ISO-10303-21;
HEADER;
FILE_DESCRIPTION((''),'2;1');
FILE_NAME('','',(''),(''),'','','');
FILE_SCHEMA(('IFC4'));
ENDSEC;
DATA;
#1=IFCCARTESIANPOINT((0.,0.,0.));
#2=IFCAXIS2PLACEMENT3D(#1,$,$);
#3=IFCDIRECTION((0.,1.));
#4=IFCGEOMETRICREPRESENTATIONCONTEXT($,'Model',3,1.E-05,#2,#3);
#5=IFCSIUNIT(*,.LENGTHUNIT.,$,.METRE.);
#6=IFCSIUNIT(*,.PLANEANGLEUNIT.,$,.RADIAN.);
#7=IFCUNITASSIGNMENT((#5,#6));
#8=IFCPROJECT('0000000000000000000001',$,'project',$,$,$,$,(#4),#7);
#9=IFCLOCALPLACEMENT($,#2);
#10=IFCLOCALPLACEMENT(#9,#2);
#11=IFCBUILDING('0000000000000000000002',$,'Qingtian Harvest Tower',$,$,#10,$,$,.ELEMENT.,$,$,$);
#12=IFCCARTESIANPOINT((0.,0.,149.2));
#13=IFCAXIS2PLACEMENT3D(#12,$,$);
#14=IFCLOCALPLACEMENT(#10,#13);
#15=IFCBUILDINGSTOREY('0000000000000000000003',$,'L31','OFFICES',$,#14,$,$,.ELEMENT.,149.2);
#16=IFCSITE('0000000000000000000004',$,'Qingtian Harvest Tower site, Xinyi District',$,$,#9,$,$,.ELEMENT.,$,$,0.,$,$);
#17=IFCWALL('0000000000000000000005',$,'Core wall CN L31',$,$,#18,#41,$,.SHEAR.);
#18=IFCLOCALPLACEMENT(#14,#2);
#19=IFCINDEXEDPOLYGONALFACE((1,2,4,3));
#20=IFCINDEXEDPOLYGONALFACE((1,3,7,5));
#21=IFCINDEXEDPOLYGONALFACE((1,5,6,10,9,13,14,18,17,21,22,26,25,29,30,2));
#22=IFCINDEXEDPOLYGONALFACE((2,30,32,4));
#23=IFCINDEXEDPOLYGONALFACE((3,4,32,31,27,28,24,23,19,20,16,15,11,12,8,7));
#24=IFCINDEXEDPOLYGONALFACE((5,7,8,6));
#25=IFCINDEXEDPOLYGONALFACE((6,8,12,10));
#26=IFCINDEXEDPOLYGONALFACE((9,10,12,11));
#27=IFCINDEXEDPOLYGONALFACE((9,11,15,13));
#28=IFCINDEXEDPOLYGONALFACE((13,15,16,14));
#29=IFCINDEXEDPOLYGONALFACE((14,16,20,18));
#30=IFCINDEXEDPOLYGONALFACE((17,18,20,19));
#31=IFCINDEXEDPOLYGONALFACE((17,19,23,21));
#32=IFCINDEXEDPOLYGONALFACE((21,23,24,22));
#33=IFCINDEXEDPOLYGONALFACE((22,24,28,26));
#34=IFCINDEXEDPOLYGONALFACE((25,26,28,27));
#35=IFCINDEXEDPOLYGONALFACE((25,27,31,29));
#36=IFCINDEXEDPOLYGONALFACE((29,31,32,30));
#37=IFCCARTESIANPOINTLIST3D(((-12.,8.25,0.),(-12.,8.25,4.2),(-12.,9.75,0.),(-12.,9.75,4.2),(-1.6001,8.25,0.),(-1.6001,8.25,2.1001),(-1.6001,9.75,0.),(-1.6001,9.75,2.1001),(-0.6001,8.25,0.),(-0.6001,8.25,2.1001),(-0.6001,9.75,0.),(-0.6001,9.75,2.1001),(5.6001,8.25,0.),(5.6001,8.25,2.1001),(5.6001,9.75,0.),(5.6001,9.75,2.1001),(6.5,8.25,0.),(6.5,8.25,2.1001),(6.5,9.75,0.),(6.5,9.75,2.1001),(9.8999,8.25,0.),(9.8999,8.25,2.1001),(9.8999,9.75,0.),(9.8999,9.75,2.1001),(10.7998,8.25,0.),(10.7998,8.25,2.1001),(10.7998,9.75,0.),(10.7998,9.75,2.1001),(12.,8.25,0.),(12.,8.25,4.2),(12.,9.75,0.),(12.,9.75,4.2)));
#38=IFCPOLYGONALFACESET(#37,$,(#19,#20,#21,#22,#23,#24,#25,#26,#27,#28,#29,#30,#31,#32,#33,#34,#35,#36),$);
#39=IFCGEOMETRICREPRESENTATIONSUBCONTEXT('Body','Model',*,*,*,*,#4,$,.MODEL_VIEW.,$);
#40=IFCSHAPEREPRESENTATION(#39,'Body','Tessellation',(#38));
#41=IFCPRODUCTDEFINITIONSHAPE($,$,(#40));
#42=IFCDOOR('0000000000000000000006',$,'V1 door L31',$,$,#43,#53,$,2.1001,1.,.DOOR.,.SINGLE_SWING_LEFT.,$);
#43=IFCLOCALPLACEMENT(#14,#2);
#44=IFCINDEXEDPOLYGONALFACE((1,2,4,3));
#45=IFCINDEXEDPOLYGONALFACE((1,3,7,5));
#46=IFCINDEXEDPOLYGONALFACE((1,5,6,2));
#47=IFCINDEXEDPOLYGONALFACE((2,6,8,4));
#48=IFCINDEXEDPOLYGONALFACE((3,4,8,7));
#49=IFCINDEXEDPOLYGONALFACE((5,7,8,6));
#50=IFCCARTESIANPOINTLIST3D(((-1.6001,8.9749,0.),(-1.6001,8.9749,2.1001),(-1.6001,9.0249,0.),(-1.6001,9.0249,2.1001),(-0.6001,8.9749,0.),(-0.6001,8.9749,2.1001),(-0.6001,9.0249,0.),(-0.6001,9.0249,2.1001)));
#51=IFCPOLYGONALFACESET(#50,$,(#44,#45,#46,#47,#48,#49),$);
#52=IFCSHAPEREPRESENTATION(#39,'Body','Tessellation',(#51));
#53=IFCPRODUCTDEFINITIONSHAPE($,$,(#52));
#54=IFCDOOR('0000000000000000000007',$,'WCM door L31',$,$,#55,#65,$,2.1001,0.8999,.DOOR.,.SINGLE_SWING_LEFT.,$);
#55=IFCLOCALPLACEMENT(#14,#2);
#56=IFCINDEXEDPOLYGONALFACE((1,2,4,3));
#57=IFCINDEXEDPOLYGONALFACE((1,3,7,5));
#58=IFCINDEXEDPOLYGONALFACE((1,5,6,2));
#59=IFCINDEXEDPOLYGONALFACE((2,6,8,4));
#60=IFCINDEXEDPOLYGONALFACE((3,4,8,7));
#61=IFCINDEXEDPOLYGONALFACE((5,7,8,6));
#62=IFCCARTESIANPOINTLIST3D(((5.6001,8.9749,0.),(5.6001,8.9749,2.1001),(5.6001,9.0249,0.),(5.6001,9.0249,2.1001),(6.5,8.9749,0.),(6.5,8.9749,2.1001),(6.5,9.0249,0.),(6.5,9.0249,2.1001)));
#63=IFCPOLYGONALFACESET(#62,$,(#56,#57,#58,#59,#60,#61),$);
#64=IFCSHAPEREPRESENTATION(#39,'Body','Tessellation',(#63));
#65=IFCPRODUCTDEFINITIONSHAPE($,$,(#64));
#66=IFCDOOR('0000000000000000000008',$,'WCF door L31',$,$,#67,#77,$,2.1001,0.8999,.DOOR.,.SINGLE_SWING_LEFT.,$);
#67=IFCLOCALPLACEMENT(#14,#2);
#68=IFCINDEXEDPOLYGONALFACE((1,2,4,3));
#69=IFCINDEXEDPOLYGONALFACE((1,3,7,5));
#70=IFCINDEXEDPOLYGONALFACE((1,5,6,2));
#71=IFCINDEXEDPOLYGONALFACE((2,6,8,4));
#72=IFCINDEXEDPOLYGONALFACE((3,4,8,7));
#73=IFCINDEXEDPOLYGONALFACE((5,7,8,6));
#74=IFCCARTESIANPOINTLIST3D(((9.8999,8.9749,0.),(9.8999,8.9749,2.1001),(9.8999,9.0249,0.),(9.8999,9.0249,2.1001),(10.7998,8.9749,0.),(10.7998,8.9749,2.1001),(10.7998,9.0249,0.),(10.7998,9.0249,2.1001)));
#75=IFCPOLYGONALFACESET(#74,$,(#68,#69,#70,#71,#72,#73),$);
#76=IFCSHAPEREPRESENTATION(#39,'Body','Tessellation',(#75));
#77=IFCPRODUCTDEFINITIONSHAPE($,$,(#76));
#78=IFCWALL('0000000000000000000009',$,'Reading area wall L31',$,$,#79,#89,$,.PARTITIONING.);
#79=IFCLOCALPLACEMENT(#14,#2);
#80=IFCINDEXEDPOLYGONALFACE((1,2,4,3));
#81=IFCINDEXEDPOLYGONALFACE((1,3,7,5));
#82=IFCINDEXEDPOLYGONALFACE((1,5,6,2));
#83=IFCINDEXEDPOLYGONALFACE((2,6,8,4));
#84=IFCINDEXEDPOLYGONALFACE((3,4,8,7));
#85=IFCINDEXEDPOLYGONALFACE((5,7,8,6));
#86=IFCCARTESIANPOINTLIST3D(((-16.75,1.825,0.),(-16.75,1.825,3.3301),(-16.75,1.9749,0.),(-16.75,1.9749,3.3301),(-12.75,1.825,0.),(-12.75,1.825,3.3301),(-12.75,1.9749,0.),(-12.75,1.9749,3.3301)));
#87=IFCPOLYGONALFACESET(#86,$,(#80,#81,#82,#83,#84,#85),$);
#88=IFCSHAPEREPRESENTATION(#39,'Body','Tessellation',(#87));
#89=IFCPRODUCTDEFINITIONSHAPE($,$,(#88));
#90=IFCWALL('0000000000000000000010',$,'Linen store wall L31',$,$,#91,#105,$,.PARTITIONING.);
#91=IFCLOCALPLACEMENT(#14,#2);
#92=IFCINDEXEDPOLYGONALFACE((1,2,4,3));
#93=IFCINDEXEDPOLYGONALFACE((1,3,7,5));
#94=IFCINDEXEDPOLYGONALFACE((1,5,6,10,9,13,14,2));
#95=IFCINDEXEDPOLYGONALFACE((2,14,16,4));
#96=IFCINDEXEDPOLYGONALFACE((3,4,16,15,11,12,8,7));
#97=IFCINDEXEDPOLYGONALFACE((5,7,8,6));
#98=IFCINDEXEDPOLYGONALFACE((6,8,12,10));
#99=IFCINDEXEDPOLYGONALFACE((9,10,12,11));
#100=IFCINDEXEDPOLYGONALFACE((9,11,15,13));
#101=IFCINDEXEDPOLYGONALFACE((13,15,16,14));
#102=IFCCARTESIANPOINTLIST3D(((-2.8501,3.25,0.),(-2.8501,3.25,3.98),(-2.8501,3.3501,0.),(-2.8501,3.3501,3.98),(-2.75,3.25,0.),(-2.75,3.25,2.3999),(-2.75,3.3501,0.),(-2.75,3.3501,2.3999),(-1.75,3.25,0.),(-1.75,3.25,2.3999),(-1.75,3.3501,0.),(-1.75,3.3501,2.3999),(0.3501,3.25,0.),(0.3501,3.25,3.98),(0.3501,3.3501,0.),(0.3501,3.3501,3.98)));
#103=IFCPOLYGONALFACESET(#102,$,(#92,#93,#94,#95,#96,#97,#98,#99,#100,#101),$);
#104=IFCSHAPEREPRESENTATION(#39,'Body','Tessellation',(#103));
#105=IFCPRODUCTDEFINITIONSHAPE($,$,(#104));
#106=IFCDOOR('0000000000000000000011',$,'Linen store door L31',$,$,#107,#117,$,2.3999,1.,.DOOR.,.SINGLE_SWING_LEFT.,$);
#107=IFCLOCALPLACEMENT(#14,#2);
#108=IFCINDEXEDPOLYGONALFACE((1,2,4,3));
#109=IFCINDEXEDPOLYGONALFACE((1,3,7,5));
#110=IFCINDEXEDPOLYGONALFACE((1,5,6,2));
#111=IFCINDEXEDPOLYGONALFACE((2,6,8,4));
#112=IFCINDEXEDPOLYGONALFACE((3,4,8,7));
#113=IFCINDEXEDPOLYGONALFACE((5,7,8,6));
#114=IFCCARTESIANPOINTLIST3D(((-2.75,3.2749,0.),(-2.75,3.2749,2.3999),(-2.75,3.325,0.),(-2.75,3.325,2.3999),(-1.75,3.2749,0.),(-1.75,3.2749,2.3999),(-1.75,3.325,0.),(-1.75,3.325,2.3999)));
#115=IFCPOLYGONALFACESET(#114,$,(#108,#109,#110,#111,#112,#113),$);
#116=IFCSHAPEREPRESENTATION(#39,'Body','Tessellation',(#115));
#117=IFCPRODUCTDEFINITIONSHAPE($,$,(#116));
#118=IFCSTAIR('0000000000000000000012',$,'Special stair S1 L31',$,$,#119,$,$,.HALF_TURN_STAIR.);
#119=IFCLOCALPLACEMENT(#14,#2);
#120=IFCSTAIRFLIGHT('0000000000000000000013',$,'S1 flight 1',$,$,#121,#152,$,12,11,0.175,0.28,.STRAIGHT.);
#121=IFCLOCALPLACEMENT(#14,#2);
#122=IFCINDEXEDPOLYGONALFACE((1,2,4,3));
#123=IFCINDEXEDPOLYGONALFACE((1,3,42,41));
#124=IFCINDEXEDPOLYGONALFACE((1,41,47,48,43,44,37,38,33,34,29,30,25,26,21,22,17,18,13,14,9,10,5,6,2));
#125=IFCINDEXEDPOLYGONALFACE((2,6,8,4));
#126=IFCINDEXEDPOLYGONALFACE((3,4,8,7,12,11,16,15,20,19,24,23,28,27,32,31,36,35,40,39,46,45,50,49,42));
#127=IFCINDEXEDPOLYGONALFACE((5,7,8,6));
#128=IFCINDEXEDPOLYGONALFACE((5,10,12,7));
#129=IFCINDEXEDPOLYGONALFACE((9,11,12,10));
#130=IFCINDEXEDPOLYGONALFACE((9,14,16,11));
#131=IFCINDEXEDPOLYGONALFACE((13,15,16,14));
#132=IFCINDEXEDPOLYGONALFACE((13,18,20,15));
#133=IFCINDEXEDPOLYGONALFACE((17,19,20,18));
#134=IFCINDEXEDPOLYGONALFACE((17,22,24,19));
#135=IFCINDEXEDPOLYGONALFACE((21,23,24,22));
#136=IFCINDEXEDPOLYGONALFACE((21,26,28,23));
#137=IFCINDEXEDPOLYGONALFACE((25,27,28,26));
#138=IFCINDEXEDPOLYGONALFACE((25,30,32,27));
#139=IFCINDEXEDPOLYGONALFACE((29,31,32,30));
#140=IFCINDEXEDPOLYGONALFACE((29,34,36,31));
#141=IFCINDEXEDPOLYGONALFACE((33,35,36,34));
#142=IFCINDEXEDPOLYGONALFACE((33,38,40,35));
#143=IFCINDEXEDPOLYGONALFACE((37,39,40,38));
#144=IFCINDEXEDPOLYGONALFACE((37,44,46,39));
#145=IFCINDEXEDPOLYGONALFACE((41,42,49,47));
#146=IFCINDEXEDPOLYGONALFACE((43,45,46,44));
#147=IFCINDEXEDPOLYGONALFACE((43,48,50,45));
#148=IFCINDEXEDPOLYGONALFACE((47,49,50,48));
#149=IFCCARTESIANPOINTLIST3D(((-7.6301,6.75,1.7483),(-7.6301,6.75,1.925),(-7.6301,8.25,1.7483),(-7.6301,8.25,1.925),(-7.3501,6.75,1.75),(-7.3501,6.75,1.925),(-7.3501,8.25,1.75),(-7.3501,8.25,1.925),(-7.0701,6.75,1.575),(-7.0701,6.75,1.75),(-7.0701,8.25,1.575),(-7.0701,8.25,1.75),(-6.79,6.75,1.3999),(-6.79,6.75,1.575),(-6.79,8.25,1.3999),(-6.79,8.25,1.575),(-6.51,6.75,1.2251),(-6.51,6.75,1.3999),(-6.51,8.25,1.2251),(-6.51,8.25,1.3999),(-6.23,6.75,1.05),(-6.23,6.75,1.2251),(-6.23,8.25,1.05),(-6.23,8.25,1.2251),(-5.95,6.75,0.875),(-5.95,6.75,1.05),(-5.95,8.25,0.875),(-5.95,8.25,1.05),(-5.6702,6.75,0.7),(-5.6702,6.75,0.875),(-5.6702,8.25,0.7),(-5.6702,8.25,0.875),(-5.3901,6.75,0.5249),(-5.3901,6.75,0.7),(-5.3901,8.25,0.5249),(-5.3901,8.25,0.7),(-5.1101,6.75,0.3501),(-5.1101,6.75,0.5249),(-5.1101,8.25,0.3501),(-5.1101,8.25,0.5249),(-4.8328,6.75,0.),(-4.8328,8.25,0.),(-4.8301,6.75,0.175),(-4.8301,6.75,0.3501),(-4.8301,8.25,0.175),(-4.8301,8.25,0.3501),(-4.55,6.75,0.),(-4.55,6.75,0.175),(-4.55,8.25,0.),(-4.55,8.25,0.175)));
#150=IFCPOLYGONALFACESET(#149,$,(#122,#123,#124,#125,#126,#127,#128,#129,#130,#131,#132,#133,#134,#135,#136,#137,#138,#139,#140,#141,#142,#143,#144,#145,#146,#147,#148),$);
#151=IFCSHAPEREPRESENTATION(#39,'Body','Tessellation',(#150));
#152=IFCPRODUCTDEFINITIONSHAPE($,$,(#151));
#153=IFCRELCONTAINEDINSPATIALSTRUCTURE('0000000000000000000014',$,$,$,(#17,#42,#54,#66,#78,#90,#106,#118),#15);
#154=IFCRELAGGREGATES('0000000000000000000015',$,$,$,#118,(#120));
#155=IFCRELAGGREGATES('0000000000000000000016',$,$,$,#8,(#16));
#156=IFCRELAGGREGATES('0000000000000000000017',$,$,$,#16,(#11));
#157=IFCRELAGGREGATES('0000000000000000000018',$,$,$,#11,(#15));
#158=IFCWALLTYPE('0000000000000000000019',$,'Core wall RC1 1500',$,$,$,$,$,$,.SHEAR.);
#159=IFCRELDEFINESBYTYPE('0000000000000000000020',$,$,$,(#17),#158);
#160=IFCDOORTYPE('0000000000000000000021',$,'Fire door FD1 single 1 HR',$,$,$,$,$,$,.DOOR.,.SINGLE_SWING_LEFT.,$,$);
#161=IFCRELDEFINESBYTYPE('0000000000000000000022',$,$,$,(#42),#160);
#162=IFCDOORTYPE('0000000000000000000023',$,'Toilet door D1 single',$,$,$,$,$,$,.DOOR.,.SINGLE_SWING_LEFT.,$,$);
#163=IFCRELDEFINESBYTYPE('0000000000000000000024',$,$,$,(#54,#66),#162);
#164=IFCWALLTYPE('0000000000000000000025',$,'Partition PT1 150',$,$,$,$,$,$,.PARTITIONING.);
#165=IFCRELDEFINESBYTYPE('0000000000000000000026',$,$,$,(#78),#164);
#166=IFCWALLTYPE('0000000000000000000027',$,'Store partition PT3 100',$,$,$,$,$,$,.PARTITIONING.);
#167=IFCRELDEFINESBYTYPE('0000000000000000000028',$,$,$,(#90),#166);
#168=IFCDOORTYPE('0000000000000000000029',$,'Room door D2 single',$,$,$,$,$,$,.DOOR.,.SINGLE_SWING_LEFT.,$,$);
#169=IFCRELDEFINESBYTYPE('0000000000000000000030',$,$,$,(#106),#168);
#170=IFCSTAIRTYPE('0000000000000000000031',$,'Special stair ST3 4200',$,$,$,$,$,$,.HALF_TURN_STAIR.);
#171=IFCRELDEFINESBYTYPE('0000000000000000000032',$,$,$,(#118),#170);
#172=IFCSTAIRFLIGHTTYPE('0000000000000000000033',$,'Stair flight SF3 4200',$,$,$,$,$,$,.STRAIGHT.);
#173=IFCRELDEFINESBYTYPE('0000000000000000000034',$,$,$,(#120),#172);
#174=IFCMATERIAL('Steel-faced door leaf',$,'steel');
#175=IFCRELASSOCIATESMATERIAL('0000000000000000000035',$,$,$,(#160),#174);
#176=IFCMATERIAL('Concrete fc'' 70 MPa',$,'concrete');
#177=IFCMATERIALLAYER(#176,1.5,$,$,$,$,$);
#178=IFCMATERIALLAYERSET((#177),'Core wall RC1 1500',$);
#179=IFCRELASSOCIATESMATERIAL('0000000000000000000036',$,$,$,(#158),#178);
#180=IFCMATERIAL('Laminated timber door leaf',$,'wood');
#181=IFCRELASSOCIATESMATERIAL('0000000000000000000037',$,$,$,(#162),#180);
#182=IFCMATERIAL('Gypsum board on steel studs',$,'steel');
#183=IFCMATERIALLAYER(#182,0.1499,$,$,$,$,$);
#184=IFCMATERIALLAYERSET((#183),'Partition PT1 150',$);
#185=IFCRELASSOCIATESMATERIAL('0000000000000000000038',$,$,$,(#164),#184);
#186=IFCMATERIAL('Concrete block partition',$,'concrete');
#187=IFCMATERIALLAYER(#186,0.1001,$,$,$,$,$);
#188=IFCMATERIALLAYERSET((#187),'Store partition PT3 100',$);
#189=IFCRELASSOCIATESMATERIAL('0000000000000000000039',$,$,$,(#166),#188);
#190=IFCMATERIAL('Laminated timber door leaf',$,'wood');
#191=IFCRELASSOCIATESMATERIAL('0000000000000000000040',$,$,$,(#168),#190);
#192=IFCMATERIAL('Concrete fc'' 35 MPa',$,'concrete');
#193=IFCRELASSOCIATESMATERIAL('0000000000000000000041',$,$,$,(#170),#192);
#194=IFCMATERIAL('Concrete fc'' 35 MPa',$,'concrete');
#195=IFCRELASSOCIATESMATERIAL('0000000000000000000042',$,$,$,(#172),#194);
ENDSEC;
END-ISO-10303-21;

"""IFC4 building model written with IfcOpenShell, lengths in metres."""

from ifc_helpers import new_model, si_unit, direction, frame, frame_2d, origin, place, context, subcontext, project, spatial, polyline, rectangle, outline, extrude, material, layer, layer_set, type_object, element, fill, aggregate, save


model = new_model("IFC4")

# Units and contexts
model_context = context("Model", 3, precision=1e-05, world=origin(), true_north=direction((0.0, 1.0)))
body_context = subcontext(model_context, "Body", "Model", "MODEL_VIEW")
ifc_project = project(units=[si_unit("LENGTHUNIT", "METRE"), si_unit("PLANEANGLEUNIT", "RADIAN")], contexts=[model_context])

# Site, building, storey
site_placement = place(None, origin())
site = spatial("IfcSite", under=ifc_project, at=site_placement, Name="Qingtian Harvest Tower site, Xinyi District", CompositionType="ELEMENT", RefElevation=0.0)
building_placement = place(site_placement, origin())
building = spatial("IfcBuilding", under=site, at=building_placement, Name="Qingtian Harvest Tower", CompositionType="ELEMENT")
storey_placement = place(building_placement, frame((0.0, 0.0, 149.2)))
storey = spatial("IfcBuildingStorey", under=building, at=storey_placement, Name="L31", Description="OFFICES", CompositionType="ELEMENT", Elevation=149.2)

# Shared definitions
ifc_material_1 = material(Name="Steel-faced door leaf", Category="steel")
door_type_1 = type_object("IfcDoorType", Name="Fire door FD1 single 1 HR", OperationType="SINGLE_SWING_LEFT", PredefinedType="DOOR", material=ifc_material_1)

# Wall, openings, doors
ifc_material_2 = material(Name="Concrete fc' 70 MPa", Category="concrete")
ifc_layer_1 = layer(ifc_material_2, 1.5)
ifc_layer_set_1 = layer_set([ifc_layer_1], Name="Core wall RC1 1500")
wall_type_1 = type_object("IfcWallType", Name="Core wall RC1 1500", PredefinedType="SHEAR", material=ifc_layer_set_1)
wall_1_placement = place(storey_placement, frame((-12.0, 9.0, 0.0), z_axis=(0.0, 0.0, 1.0), x_axis=(1.0, 0.0, 0.0)))
wall_1 = element("IfcWall", 1, at=wall_1_placement, inside=storey, type_object=wall_type_1, Name="Core wall CN L31", PredefinedType="SHEAR", context=body_context, shape_type="SweptSolid", body=[
    extrude(rectangle(XDim=24.0, YDim=1.5, at=frame_2d((12.0, 0.0))), origin(), (0.0, 0.0, 1.0), 4.2),
])
opening_1_placement = place(wall_1_placement, frame((10.3999, 0.0, 0.0)))
opening_1 = element("IfcOpeningElement", 2, at=opening_1_placement, cuts=wall_1, PredefinedType="OPENING", context=body_context, shape_type="SweptSolid", body=[
    extrude(rectangle(XDim=1.0, YDim=2.1001, at=frame_2d((0.5, 1.05))), frame((0.0, 0.76, 0.0), z_axis=(0.0, -1.0, 0.0), x_axis=(1.0, 0.0, 0.0)), (0.0, 0.0, 1.0), 1.52),
])
opening_2_placement = place(wall_1_placement, frame((17.6001, 0.0, 0.0)))
opening_2 = element("IfcOpeningElement", 3, at=opening_2_placement, cuts=wall_1, PredefinedType="OPENING", context=body_context, shape_type="SweptSolid", body=[
    extrude(rectangle(XDim=0.8999, YDim=2.1001, at=frame_2d((0.45, 1.05))), frame((0.0, 0.76, 0.0), z_axis=(0.0, -1.0, 0.0), x_axis=(1.0, 0.0, 0.0)), (0.0, 0.0, 1.0), 1.52),
])
opening_3_placement = place(wall_1_placement, frame((21.8999, 0.0, 0.0)))
opening_3 = element("IfcOpeningElement", 4, at=opening_3_placement, cuts=wall_1, PredefinedType="OPENING", context=body_context, shape_type="SweptSolid", body=[
    extrude(rectangle(XDim=0.8999, YDim=2.1001, at=frame_2d((0.45, 1.05))), frame((0.0, 0.76, 0.0), z_axis=(0.0, -1.0, 0.0), x_axis=(1.0, 0.0, 0.0)), (0.0, 0.0, 1.0), 1.52),
])
door_1_placement = place(opening_1_placement, origin())
door_1 = element("IfcDoor", 5, at=door_1_placement, inside=storey, type_object=door_type_1, Name="V1 door L31", OperationType="SINGLE_SWING_LEFT", OverallHeight=2.1001, OverallWidth=1.0, PredefinedType="DOOR", context=body_context, shape_type="SweptSolid", body=[
    extrude(rectangle(XDim=1.0, YDim=2.1001, at=frame_2d((0.5, 1.05))), frame((0.0, 0.0249, 0.0), z_axis=(0.0, -1.0, 0.0), x_axis=(1.0, 0.0, 0.0)), (0.0, 0.0, 1.0), 0.05),
])
fill(opening_1, door_1)
ifc_material_3 = material(Name="Laminated timber door leaf", Category="wood")
door_type_2 = type_object("IfcDoorType", Name="Toilet door D1 single", OperationType="SINGLE_SWING_LEFT", PredefinedType="DOOR", material=ifc_material_3)
door_2_placement = place(opening_2_placement, origin())
door_2 = element("IfcDoor", 6, at=door_2_placement, inside=storey, type_object=door_type_2, Name="WCM door L31", OperationType="SINGLE_SWING_LEFT", OverallHeight=2.1001, OverallWidth=0.8999, PredefinedType="DOOR", context=body_context, shape_type="SweptSolid", body=[
    extrude(rectangle(XDim=0.8999, YDim=2.1001, at=frame_2d((0.45, 1.05))), frame((0.0, 0.0249, 0.0), z_axis=(0.0, -1.0, 0.0), x_axis=(1.0, 0.0, 0.0)), (0.0, 0.0, 1.0), 0.05),
])
fill(opening_2, door_2)
door_3_placement = place(opening_3_placement, origin())
door_3 = element("IfcDoor", 7, at=door_3_placement, inside=storey, type_object=door_type_2, Name="WCF door L31", OperationType="SINGLE_SWING_LEFT", OverallHeight=2.1001, OverallWidth=0.8999, PredefinedType="DOOR", context=body_context, shape_type="SweptSolid", body=[
    extrude(rectangle(XDim=0.8999, YDim=2.1001, at=frame_2d((0.45, 1.05))), frame((0.0, 0.0249, 0.0), z_axis=(0.0, -1.0, 0.0), x_axis=(1.0, 0.0, 0.0)), (0.0, 0.0, 1.0), 0.05),
])
fill(opening_3, door_3)

# Wall
ifc_material_4 = material(Name="Gypsum board on steel studs", Category="steel")
ifc_layer_2 = layer(ifc_material_4, 0.1499)
ifc_layer_set_2 = layer_set([ifc_layer_2], Name="Partition PT1 150")
wall_type_2 = type_object("IfcWallType", Name="Partition PT1 150", PredefinedType="PARTITIONING", material=ifc_layer_set_2)
wall_2_placement = place(storey_placement, frame((-12.75, 1.8999, 0.0), z_axis=(0.0, 0.0, 1.0), x_axis=(-1.0, 0.0, 0.0)))
element("IfcWall", 8, at=wall_2_placement, inside=storey, type_object=wall_type_2, Name="Reading area wall L31", PredefinedType="PARTITIONING", context=body_context, shape_type="SweptSolid", body=[
    extrude(rectangle(XDim=4.0, YDim=0.1499, at=frame_2d((2.0, 0.0))), origin(), (0.0, 0.0, 1.0), 3.3301),
])

# Wall, opening, door
ifc_material_5 = material(Name="Concrete block partition", Category="concrete")
ifc_layer_3 = layer(ifc_material_5, 0.1001)
ifc_layer_set_3 = layer_set([ifc_layer_3], Name="Store partition PT3 100")
wall_type_3 = type_object("IfcWallType", Name="Store partition PT3 100", PredefinedType="PARTITIONING", material=ifc_layer_set_3)
wall_3_placement = place(storey_placement, frame((-2.8501, 3.3, 0.0), z_axis=(0.0, 0.0, 1.0), x_axis=(1.0, 0.0, 0.0)))
wall_3 = element("IfcWall", 9, at=wall_3_placement, inside=storey, type_object=wall_type_3, Name="Linen store wall L31", PredefinedType="PARTITIONING", context=body_context, shape_type="SweptSolid", body=[
    extrude(rectangle(XDim=3.2002, YDim=0.1001, at=frame_2d((1.6001, 0.0))), origin(), (0.0, 0.0, 1.0), 3.98),
])
opening_4_placement = place(wall_3_placement, frame((0.1001, 0.0, 0.0)))
opening_4 = element("IfcOpeningElement", 10, at=opening_4_placement, cuts=wall_3, PredefinedType="OPENING", context=body_context, shape_type="SweptSolid", body=[
    extrude(rectangle(XDim=1.0, YDim=2.3999, at=frame_2d((0.5, 1.2))), frame((0.0, 0.0601, 0.0), z_axis=(0.0, -1.0, 0.0), x_axis=(1.0, 0.0, 0.0)), (0.0, 0.0, 1.0), 0.1201),
])
ifc_material_6 = material(Name="Laminated timber door leaf", Category="wood")
door_type_3 = type_object("IfcDoorType", Name="Room door D2 single", OperationType="SINGLE_SWING_LEFT", PredefinedType="DOOR", material=ifc_material_6)
door_4_placement = place(opening_4_placement, origin())
door_4 = element("IfcDoor", 11, at=door_4_placement, inside=storey, type_object=door_type_3, Name="Linen store door L31", OperationType="SINGLE_SWING_LEFT", OverallHeight=2.3999, OverallWidth=1.0, PredefinedType="DOOR", context=body_context, shape_type="SweptSolid", body=[
    extrude(rectangle(XDim=1.0, YDim=2.3999, at=frame_2d((0.5, 1.2))), frame((0.0, 0.0249, 0.0), z_axis=(0.0, -1.0, 0.0), x_axis=(1.0, 0.0, 0.0)), (0.0, 0.0, 1.0), 0.05),
])
fill(opening_4, door_4)

# Stair, stair flight
ifc_material_7 = material(Name="Concrete fc' 35 MPa", Category="concrete")
stair_type = type_object("IfcStairType", Name="Special stair ST3 4200", PredefinedType="HALF_TURN_STAIR", material=ifc_material_7)
stair_placement = place(storey_placement, origin())
stair = element("IfcStair", 12, at=stair_placement, inside=storey, type_object=stair_type, Name="Special stair S1 L31", PredefinedType="HALF_TURN_STAIR")
ifc_material_8 = material(Name="Concrete fc' 35 MPa", Category="concrete")
stair_flight_type = type_object("IfcStairFlightType", Name="Stair flight SF3 4200", PredefinedType="STRAIGHT", material=ifc_material_8)
stair_flight_1_placement = place(storey_placement, frame((-4.55, 7.5, 0.0), z_axis=(0.0, 0.0, 1.0), x_axis=(-1.0, 0.0, 0.0)))
stair_flight_1 = element("IfcStairFlight", 13, at=stair_flight_1_placement, type_object=stair_flight_type, Name="S1 flight 1", NumberOfRisers=12, NumberOfTreads=11, PredefinedType="STRAIGHT", RiserHeight=0.175, TreadLength=0.28, context=body_context, shape_type="SweptSolid", body=[
    extrude(outline(polyline([(0.0, 0.0), (0.0, 0.175), (0.28, 0.175), (0.28, 0.3501), (0.5601, 0.3501), (0.5601, 0.5249), (0.8401, 0.5249), (0.8401, 0.7), (1.1201, 0.7), (1.1201, 0.875), (1.3999, 0.875), (1.3999, 1.05), (1.6799, 1.05), (1.6799, 1.2251), (1.96, 1.2251), (1.96, 1.3999), (2.24, 1.3999), (2.24, 1.575), (2.52, 1.575), (2.52, 1.75), (2.8, 1.75), (2.8, 1.925), (3.0801, 1.925), (3.0801, 2.1001), (3.0801, 1.7483), (0.2827, 0.0), (0.0, 0.0)])), frame((0.0, 0.75, 0.0), z_axis=(0.0, -1.0, 0.0), x_axis=(1.0, 0.0, 0.0)), (0.0, 0.0, 1.0), 1.5),
])
aggregate(stair, [stair_flight_1])

save(model, "model.ifc")
